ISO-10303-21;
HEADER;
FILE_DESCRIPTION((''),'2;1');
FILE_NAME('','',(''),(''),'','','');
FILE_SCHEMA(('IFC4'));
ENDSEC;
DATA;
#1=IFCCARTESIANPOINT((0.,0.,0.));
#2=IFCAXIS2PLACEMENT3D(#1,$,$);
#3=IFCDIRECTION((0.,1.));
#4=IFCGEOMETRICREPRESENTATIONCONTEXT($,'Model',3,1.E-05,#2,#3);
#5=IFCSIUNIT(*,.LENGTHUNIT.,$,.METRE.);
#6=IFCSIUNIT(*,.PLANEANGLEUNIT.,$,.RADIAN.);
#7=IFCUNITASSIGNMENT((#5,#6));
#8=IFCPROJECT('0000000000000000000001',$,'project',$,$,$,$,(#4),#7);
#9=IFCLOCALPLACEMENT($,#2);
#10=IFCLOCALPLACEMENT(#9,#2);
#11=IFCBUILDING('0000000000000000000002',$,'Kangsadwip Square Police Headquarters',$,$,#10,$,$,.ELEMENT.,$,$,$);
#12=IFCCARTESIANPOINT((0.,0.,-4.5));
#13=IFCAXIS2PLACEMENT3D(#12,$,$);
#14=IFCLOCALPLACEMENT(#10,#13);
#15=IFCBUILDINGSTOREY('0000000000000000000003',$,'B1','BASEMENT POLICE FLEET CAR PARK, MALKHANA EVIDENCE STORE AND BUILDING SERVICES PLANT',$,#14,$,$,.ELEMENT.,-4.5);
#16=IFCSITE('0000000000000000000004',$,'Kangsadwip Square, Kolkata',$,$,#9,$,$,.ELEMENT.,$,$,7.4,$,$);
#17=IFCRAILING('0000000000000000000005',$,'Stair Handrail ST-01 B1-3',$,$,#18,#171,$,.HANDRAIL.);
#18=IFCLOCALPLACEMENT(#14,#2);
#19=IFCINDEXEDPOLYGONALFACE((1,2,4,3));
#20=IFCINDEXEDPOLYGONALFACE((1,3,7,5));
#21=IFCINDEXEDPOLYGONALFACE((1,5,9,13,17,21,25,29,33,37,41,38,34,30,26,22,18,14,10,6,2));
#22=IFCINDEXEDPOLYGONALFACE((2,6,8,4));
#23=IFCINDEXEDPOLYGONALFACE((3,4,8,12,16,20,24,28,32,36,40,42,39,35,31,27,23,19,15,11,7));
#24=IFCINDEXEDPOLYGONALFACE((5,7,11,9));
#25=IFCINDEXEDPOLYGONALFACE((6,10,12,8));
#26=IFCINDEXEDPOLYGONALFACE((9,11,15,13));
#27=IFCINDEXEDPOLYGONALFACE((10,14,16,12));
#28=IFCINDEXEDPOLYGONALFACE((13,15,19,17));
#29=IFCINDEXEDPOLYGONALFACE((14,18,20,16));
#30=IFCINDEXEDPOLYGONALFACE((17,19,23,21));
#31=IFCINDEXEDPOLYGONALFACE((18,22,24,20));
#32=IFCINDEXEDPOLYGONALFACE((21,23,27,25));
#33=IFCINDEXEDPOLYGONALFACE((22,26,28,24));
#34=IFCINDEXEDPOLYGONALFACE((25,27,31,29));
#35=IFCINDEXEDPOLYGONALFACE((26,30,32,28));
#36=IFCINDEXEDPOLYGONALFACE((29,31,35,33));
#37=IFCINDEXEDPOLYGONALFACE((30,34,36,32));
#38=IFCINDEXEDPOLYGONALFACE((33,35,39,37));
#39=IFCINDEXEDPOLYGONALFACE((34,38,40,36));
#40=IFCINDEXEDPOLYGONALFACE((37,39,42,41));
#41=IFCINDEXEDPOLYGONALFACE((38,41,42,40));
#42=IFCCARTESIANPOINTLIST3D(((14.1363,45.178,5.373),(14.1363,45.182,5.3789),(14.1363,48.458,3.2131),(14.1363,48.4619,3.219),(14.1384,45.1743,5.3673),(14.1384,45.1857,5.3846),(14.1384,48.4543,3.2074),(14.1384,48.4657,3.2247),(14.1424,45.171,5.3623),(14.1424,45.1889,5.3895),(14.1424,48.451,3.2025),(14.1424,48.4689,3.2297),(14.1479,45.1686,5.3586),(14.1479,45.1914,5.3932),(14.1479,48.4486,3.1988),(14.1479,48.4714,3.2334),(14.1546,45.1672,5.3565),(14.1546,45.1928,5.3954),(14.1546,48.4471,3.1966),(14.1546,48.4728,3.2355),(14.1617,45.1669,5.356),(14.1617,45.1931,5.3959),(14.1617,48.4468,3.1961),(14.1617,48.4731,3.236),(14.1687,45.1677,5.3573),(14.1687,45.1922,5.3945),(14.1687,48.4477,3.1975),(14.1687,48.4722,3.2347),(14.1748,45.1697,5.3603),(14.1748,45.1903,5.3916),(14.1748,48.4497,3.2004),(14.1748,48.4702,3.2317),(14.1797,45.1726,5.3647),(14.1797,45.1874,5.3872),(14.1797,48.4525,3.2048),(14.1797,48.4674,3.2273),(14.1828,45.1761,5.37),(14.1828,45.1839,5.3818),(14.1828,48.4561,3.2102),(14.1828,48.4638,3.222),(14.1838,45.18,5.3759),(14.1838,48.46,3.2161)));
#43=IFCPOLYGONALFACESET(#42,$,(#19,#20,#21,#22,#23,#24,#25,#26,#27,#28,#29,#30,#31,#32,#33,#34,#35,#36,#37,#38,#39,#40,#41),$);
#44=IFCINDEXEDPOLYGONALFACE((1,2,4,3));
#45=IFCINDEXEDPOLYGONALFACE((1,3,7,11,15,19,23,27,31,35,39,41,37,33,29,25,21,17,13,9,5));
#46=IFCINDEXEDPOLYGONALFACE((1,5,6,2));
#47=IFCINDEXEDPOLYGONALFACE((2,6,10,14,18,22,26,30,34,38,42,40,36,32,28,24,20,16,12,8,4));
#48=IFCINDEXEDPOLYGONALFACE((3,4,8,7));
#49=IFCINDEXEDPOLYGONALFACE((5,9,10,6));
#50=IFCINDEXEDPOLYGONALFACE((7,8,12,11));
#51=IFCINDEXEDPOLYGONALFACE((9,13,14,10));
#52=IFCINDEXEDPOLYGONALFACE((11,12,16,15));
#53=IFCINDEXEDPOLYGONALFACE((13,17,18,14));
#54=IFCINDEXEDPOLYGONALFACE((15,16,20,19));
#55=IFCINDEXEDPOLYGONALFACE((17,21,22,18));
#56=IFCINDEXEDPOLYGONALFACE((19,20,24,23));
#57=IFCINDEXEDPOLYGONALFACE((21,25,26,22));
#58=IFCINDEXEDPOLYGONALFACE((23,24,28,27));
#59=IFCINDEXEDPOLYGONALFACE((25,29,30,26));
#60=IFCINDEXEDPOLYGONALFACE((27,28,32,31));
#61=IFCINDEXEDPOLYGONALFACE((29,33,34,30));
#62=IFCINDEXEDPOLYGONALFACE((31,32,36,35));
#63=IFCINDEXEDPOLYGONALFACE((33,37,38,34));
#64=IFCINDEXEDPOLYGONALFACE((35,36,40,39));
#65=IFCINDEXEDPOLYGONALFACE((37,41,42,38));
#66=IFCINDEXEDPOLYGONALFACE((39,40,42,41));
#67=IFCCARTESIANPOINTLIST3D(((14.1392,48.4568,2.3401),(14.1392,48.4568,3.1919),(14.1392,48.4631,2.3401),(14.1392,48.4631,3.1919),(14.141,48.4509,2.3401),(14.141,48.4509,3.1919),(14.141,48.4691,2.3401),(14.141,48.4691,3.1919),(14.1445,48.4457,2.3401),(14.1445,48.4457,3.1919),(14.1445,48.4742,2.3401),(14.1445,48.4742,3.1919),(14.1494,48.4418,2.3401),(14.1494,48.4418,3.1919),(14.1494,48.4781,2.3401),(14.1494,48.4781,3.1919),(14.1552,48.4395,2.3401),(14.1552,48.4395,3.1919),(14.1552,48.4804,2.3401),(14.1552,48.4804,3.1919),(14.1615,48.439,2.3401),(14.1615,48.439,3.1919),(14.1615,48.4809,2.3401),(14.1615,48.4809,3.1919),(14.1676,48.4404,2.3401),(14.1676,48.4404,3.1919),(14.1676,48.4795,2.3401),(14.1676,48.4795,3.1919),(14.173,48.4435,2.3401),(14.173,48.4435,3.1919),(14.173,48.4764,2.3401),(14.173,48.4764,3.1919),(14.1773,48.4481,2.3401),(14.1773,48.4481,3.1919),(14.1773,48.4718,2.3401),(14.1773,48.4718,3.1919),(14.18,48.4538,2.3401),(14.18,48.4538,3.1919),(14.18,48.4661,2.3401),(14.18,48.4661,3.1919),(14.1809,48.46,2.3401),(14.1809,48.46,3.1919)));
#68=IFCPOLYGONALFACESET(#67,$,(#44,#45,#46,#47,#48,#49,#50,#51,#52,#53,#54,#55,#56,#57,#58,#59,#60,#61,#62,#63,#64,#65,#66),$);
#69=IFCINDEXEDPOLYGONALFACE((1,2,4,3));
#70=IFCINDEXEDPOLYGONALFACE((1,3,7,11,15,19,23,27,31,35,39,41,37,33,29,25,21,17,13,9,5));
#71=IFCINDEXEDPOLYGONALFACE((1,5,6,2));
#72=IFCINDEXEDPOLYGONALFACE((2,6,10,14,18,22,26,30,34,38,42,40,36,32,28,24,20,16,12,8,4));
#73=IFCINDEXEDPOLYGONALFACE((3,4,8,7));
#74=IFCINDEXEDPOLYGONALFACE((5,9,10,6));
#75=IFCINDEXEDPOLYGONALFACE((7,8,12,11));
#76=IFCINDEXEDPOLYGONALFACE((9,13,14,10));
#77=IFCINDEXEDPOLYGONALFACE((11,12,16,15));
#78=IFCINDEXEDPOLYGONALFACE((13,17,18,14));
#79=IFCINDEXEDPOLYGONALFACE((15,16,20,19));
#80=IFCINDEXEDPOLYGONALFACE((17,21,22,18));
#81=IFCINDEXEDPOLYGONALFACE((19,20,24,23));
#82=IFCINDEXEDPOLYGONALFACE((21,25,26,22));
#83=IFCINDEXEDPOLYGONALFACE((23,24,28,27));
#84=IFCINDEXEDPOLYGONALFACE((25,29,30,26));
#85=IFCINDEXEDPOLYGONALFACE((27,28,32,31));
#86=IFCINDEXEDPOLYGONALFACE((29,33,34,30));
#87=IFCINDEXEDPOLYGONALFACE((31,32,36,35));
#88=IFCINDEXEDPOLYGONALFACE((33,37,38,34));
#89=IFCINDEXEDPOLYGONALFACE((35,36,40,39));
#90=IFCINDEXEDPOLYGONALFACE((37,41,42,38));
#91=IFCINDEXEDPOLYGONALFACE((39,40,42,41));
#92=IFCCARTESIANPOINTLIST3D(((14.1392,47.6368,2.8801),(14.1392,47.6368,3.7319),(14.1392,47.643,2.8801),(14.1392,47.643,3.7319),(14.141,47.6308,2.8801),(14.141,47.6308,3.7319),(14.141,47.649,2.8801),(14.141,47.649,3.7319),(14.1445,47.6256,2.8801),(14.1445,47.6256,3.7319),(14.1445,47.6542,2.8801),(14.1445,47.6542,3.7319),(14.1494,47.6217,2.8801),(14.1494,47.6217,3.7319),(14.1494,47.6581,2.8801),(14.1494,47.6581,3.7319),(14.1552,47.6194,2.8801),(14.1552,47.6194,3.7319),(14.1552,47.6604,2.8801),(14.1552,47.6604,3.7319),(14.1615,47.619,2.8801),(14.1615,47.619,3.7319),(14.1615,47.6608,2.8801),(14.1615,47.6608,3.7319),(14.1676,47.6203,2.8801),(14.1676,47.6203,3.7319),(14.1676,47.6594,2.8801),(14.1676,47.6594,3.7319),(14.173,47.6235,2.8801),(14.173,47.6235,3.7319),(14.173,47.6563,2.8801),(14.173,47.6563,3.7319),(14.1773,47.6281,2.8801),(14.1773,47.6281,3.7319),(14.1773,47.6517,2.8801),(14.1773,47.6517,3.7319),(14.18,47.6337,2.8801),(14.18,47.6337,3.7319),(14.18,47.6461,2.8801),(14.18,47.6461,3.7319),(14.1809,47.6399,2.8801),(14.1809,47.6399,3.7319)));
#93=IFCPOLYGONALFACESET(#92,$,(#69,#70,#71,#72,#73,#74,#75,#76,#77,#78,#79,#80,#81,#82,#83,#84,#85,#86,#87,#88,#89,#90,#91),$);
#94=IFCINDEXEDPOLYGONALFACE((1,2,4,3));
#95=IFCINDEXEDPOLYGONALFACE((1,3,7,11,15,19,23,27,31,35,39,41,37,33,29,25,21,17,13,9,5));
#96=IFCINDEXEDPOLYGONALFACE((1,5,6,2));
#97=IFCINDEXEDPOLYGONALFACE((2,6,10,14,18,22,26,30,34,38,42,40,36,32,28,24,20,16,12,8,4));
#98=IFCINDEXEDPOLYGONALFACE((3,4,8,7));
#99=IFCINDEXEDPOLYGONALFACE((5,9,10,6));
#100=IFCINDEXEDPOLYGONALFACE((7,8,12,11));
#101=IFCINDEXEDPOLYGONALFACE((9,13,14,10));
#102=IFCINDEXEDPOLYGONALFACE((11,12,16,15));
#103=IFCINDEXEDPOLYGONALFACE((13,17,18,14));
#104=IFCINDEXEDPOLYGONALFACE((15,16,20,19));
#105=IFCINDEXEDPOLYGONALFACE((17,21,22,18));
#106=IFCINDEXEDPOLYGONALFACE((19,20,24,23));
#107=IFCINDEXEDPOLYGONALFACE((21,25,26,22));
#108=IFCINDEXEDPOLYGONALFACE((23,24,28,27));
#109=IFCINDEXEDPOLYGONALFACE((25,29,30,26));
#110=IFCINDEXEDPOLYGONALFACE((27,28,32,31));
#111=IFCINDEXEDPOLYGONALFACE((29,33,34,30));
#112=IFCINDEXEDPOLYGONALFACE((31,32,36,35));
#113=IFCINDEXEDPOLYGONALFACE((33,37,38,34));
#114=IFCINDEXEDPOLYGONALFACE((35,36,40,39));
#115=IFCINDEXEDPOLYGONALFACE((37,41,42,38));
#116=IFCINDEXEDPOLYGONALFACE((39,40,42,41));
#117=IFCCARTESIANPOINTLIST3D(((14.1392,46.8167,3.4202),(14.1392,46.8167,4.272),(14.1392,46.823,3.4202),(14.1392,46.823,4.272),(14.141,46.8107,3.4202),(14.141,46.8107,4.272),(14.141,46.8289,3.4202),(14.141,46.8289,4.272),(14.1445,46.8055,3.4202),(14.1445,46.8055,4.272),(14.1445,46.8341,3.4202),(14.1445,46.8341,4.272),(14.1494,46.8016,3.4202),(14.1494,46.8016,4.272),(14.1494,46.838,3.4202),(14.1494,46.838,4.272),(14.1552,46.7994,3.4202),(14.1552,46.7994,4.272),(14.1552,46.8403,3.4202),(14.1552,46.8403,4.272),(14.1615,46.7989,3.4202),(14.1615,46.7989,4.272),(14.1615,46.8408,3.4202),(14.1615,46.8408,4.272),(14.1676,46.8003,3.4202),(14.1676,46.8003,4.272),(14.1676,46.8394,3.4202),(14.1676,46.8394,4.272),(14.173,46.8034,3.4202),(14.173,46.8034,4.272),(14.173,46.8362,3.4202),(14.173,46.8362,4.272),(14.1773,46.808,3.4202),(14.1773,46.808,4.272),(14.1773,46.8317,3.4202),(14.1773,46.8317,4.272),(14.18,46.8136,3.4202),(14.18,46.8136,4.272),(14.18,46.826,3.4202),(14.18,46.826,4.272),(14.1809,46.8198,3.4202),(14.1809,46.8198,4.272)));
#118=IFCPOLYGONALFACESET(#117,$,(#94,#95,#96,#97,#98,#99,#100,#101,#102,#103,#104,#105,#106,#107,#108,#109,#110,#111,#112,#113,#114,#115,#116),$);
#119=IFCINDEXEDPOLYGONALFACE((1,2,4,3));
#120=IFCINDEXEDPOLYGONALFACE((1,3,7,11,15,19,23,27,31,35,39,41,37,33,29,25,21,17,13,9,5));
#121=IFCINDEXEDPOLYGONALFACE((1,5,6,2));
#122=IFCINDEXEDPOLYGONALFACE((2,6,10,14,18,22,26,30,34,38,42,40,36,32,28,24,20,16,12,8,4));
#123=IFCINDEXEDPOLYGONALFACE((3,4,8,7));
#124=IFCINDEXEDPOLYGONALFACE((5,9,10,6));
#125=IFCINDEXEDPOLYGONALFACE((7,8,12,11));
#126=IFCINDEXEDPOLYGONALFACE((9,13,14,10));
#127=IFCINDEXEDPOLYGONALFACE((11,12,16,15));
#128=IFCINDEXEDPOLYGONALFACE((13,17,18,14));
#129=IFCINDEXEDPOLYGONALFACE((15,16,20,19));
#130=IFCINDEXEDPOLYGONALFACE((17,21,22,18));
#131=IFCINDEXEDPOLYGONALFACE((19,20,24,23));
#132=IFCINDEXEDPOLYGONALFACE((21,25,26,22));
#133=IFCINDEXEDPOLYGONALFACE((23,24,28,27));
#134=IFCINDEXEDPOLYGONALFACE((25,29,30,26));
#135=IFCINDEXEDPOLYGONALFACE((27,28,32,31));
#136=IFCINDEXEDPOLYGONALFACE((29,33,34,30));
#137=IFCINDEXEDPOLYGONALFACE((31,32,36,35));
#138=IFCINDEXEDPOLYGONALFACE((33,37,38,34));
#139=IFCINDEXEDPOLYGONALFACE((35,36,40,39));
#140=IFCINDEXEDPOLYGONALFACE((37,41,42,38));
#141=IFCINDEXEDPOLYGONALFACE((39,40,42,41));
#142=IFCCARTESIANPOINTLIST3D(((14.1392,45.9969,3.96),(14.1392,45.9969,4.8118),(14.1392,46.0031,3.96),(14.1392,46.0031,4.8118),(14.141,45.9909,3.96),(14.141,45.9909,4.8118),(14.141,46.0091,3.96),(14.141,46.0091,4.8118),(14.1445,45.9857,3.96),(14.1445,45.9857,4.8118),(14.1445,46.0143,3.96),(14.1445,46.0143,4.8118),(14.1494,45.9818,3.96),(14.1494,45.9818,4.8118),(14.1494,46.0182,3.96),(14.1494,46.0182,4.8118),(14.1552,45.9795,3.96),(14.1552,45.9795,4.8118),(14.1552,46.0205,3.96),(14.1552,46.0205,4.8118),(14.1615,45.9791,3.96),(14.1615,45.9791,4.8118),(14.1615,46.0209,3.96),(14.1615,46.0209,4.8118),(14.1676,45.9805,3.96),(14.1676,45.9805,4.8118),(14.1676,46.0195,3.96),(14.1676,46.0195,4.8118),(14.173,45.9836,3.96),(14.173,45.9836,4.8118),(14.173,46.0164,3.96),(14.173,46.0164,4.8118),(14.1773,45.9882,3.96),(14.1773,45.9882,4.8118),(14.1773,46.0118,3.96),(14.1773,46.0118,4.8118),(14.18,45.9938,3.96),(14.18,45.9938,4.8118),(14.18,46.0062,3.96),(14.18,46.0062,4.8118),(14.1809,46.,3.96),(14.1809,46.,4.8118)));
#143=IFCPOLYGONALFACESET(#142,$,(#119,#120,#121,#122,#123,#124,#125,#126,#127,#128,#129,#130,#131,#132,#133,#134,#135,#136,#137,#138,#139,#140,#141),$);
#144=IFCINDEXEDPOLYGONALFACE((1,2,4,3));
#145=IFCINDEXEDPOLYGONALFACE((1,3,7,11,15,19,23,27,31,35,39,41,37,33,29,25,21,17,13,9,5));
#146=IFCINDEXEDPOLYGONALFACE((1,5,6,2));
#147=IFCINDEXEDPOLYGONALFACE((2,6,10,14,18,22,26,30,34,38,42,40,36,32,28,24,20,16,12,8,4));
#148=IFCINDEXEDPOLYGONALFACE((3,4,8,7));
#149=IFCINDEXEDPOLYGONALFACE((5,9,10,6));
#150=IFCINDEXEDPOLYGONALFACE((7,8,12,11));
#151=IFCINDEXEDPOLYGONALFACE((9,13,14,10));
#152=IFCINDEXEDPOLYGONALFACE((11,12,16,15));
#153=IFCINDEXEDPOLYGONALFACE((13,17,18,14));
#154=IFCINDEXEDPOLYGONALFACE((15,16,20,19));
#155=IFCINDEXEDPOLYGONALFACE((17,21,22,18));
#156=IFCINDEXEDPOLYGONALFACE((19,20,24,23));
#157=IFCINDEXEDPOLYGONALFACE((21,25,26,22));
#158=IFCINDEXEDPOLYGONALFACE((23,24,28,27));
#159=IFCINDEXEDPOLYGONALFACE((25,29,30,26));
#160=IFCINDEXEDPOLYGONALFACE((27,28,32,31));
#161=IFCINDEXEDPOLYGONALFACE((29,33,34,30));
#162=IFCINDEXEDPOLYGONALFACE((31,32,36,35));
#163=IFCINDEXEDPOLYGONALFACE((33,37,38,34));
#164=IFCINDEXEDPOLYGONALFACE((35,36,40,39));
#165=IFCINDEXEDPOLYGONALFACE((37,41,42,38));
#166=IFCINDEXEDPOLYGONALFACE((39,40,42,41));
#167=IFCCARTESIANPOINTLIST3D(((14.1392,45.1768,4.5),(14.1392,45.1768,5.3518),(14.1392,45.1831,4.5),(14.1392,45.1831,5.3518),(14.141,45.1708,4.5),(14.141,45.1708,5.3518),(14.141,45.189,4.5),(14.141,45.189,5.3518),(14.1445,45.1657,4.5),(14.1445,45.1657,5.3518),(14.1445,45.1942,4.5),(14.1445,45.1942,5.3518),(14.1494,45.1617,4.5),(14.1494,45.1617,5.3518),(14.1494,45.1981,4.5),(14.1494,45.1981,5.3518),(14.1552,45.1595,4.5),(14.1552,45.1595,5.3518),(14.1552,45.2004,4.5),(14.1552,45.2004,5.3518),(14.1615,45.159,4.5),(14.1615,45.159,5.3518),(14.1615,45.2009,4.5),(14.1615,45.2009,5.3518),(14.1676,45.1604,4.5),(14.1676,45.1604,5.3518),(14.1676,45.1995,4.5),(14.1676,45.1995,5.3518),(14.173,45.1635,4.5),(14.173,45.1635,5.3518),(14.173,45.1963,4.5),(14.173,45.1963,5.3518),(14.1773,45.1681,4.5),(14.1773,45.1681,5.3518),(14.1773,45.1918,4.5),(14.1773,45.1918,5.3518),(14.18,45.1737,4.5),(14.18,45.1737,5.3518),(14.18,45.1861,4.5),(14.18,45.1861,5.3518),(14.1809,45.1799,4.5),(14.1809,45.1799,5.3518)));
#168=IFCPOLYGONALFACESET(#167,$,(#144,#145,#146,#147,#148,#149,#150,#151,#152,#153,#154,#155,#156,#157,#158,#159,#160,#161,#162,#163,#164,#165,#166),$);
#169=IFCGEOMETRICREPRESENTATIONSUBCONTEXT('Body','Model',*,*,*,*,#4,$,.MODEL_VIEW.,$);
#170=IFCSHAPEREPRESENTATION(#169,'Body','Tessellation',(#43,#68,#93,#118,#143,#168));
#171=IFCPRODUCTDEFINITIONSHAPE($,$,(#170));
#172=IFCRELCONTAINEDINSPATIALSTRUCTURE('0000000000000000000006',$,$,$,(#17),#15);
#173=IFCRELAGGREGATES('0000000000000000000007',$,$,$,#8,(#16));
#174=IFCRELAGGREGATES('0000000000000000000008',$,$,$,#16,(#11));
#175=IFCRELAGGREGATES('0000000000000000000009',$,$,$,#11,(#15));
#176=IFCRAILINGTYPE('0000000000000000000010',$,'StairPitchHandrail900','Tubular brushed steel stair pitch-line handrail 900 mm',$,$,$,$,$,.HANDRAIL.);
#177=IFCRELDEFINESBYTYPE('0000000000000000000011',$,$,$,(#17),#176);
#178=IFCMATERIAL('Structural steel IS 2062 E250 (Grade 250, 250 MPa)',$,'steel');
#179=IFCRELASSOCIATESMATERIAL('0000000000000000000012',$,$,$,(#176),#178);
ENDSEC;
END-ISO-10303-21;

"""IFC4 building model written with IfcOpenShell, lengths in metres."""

from ifc_helpers import new_model, si_unit, direction, frame, origin, origin_2d, place, context, subcontext, project, spatial, circle, extrude, material, type_object, element, save


model = new_model("IFC4")

# Units and contexts
model_context = context("Model", 3, precision=1e-05, world=origin(), true_north=direction((0.0, 1.0)))
body_context = subcontext(model_context, "Body", "Model", "MODEL_VIEW")
ifc_project = project(units=[si_unit("LENGTHUNIT", "METRE"), si_unit("PLANEANGLEUNIT", "RADIAN")], contexts=[model_context])

# Site, building, storey
site_placement = place(None, origin())
site = spatial("IfcSite", under=ifc_project, at=site_placement, Name="Kangsadwip Square, Kolkata", CompositionType="ELEMENT", RefElevation=7.4)
building_placement = place(site_placement, origin())
building = spatial("IfcBuilding", under=site, at=building_placement, Name="Kangsadwip Square Police Headquarters", CompositionType="ELEMENT")
storey_placement = place(building_placement, frame((0.0, 0.0, -4.5)))
storey = spatial("IfcBuildingStorey", under=building, at=storey_placement, Name="B1", Description="BASEMENT POLICE FLEET CAR PARK, MALKHANA EVIDENCE STORE AND BUILDING SERVICES PLANT", CompositionType="ELEMENT", Elevation=-4.5)

# Railing
ifc_material_1 = material(Name="Structural steel IS 2062 E250 (Grade 250, 250 MPa)", Category="steel")
railing_type_1 = type_object("IfcRailingType", Name="StairPitchHandrail900", Description="Tubular brushed steel stair pitch-line handrail 900 mm", PredefinedType="HANDRAIL", material=ifc_material_1)
railing_1_placement = place(storey_placement, frame((14.1599, 48.46, 2.3401)))
element("IfcRailing", 1, at=railing_1_placement, inside=storey, type_object=railing_type_1, Name="Stair Handrail ST-01 B1-3", PredefinedType="HANDRAIL", context=body_context, shape_type="SweptSolid", body=[
    extrude(circle(Radius=0.0239, at=origin_2d()), frame((0.0, 0.0, 0.876), z_axis=(0.0, -0.835183, 0.549972), x_axis=(1.0, 0.0, 0.0)), (0.0, 0.0, 1.0), 3.9272),
    extrude(circle(Radius=0.021, at=origin_2d()), origin(), (0.0, 0.0, 1.0), 0.8518),
    extrude(circle(Radius=0.021, at=origin_2d()), frame((0.0, -0.8201, 0.54)), (0.0, 0.0, 1.0), 0.8518),
    extrude(circle(Radius=0.021, at=origin_2d()), frame((0.0, -1.6401, 1.0801)), (0.0, 0.0, 1.0), 0.8518),
    extrude(circle(Radius=0.021, at=origin_2d()), frame((0.0, -2.46, 1.6199)), (0.0, 0.0, 1.0), 0.8518),
    extrude(circle(Radius=0.021, at=origin_2d()), frame((0.0, -3.28, 2.1599)), (0.0, 0.0, 1.0), 0.8518),
])

save(model, "model.ifc")
